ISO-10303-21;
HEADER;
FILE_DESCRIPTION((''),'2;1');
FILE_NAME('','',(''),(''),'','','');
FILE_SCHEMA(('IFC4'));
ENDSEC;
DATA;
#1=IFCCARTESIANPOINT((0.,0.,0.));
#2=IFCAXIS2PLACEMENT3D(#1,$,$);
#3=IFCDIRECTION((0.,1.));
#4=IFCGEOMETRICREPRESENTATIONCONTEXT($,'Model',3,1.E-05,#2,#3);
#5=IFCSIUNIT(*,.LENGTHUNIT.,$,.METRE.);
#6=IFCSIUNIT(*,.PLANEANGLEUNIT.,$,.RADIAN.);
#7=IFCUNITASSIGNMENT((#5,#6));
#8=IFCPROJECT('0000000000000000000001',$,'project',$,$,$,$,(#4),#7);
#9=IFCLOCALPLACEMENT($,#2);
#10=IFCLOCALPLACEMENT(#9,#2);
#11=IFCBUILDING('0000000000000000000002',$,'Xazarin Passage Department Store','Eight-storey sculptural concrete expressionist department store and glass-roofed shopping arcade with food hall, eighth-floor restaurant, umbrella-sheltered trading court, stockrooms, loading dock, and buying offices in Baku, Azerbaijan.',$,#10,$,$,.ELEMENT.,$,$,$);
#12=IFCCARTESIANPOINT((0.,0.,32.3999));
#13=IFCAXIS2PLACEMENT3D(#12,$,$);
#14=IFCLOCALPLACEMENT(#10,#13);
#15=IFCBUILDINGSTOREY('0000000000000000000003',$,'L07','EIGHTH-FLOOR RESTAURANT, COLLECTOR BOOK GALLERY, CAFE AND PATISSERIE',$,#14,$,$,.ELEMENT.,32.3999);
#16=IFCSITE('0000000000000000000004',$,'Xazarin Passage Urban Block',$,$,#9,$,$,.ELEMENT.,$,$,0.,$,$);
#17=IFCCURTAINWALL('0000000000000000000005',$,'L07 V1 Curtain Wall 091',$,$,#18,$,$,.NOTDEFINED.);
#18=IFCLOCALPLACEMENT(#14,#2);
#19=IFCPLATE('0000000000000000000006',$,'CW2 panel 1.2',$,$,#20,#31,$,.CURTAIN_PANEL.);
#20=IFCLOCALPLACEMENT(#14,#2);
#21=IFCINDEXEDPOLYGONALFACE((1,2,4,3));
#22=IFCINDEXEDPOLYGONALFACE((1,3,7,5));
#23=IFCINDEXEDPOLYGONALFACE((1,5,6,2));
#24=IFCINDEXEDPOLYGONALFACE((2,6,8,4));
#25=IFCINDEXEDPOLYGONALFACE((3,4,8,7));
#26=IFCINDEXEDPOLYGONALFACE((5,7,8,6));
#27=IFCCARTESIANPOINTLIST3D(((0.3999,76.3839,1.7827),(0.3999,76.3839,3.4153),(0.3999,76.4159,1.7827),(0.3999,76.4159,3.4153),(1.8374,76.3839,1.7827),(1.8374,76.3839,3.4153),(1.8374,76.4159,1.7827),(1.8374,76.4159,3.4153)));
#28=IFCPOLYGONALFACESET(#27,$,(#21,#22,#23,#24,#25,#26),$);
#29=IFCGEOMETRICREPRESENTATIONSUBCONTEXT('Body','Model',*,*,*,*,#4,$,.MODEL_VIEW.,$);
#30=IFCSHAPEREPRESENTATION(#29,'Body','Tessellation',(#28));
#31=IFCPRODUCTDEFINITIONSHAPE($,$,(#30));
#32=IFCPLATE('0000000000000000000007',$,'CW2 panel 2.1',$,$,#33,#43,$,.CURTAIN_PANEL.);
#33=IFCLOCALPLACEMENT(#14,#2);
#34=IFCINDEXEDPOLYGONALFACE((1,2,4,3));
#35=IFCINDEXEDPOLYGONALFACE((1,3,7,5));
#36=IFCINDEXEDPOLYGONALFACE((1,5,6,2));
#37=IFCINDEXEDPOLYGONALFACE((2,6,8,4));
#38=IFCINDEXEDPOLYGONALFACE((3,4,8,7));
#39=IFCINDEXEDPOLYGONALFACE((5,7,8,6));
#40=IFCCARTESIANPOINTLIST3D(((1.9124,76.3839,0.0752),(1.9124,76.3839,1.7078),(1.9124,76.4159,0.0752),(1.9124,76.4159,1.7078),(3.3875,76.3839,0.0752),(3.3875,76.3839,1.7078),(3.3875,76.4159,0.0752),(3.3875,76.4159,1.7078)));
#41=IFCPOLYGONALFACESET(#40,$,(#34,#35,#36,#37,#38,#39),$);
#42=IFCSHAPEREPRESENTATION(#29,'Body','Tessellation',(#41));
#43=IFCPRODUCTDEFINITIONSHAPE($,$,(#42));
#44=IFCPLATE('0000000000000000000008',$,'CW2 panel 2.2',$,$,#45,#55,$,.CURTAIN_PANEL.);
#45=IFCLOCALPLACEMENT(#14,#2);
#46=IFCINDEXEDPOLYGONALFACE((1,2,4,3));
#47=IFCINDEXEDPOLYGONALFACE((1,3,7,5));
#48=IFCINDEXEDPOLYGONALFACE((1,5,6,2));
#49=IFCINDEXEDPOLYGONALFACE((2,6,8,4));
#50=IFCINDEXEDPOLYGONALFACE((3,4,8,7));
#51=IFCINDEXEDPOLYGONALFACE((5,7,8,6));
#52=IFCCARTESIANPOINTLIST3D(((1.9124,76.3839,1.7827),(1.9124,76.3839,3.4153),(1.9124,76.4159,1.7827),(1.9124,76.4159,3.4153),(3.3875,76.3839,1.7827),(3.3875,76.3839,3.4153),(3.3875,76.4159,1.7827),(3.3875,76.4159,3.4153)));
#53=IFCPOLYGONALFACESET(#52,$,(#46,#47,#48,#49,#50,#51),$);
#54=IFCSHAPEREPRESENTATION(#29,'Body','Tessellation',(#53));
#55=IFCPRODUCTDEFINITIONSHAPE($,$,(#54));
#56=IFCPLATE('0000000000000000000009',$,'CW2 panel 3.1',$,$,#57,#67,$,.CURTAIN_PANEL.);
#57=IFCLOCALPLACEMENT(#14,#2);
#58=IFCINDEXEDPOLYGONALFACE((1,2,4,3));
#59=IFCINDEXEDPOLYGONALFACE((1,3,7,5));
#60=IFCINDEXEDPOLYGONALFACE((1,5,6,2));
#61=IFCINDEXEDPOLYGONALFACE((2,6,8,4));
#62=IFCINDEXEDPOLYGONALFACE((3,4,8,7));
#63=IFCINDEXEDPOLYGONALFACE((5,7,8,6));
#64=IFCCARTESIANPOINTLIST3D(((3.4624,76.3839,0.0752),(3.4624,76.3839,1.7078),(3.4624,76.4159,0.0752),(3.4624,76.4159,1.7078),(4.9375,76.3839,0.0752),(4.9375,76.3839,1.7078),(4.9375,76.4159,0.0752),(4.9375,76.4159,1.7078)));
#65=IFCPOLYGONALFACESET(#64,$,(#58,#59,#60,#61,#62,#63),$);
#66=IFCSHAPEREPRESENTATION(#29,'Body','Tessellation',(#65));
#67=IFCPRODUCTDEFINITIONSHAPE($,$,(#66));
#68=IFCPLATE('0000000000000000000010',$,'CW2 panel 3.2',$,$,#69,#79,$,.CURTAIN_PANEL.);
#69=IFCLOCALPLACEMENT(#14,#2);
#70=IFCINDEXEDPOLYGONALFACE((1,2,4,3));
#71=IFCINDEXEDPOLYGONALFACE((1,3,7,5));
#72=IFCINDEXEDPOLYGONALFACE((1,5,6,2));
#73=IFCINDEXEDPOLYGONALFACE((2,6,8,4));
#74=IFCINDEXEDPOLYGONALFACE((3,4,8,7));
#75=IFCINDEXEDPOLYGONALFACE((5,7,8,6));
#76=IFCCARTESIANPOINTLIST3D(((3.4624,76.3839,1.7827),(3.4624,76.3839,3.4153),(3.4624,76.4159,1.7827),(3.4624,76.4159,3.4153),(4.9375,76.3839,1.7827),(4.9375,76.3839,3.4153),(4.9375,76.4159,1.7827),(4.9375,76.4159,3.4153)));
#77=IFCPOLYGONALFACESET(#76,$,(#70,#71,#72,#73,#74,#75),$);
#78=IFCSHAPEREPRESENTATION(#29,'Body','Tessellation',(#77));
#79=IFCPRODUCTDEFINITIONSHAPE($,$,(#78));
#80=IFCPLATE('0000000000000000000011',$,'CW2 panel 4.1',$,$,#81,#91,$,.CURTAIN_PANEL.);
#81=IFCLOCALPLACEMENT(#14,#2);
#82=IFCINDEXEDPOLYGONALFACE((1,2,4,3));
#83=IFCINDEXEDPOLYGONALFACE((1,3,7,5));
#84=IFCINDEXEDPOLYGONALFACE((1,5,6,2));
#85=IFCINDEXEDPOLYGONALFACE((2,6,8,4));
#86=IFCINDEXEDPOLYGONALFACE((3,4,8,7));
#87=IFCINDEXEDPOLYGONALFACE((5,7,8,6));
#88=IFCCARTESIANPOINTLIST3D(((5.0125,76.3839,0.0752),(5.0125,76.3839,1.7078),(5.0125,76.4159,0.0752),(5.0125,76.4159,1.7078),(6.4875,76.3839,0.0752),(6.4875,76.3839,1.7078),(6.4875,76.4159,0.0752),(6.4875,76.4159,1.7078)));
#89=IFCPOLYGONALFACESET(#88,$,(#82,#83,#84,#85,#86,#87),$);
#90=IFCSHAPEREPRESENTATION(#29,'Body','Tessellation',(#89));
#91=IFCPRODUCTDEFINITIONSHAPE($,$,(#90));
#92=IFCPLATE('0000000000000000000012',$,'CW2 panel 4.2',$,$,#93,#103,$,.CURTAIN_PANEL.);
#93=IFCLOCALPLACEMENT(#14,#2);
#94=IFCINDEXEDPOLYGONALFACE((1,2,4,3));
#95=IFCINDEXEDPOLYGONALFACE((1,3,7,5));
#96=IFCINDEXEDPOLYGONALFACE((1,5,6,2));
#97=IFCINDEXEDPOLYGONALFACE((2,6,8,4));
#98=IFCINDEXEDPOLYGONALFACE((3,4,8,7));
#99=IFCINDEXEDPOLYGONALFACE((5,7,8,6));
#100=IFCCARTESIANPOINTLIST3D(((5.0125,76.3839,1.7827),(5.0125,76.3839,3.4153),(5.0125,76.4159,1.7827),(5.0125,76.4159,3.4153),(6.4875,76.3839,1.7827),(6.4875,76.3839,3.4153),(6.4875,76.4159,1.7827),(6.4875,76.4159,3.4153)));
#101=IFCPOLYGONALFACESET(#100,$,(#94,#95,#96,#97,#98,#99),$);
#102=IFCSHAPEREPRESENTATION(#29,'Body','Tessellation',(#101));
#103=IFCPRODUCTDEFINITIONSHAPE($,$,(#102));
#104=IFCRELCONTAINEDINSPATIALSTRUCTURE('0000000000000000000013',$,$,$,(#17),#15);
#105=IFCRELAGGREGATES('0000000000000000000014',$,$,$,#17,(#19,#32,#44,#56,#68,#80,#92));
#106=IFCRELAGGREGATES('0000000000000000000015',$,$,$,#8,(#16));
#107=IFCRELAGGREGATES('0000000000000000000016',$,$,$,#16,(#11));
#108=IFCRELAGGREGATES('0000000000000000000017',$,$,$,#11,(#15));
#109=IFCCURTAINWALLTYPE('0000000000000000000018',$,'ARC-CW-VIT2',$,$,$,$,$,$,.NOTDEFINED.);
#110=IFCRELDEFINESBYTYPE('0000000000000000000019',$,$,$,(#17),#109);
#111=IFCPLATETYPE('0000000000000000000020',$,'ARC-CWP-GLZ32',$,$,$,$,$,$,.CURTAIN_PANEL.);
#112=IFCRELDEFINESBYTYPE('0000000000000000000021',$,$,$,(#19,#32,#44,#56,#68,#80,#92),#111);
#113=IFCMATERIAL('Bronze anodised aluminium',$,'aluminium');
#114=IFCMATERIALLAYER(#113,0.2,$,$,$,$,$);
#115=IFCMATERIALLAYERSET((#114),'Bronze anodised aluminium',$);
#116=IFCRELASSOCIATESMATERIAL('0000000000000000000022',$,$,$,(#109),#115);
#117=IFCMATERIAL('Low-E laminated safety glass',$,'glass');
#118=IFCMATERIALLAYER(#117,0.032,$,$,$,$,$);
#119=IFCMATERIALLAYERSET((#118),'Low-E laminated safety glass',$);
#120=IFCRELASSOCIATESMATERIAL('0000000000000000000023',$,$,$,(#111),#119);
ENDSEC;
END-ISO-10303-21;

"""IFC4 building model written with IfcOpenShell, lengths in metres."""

from ifc_helpers import new_model, si_unit, direction, frame, origin, origin_2d, place, context, subcontext, project, spatial, rectangle, extrude, material, layer, layer_set, type_object, element, aggregate, save


model = new_model("IFC4")

# Units and contexts
model_context = context("Model", 3, precision=1e-05, world=origin(), true_north=direction((0.0, 1.0)))
body_context = subcontext(model_context, "Body", "Model", "MODEL_VIEW")
ifc_project = project(units=[si_unit("LENGTHUNIT", "METRE"), si_unit("PLANEANGLEUNIT", "RADIAN")], contexts=[model_context])

# Site, building, storey
site_placement = place(None, origin())
site = spatial("IfcSite", under=ifc_project, at=site_placement, Name="Xazarin Passage Urban Block", CompositionType="ELEMENT", RefElevation=0.0)
building_placement = place(site_placement, origin())
building = spatial("IfcBuilding", under=site, at=building_placement, Name="Xazarin Passage Department Store", Description="Eight-storey sculptural concrete expressionist department store and glass-roofed shopping arcade with food hall, eighth-floor restaurant, umbrella-sheltered trading court, stockrooms, loading dock, and buying offices in Baku, Azerbaijan.", CompositionType="ELEMENT")
storey_placement = place(building_placement, frame((0.0, 0.0, 32.3999)))
storey = spatial("IfcBuildingStorey", under=building, at=storey_placement, Name="L07", Description="EIGHTH-FLOOR RESTAURANT, COLLECTOR BOOK GALLERY, CAFE AND PATISSERIE", CompositionType="ELEMENT", Elevation=32.3999)

# Curtain wall
ifc_material_1 = material(Name="Bronze anodised aluminium", Category="aluminium")
ifc_layer_1 = layer(ifc_material_1, 0.2)
ifc_layer_set_1 = layer_set([ifc_layer_1], Name="Bronze anodised aluminium")
curtain_wall_type = type_object("IfcCurtainWallType", Name="ARC-CW-VIT2", PredefinedType="NOTDEFINED", material=ifc_layer_set_1)
curtain_wall_placement = place(storey_placement, origin())
curtain_wall = element("IfcCurtainWall", 1, at=curtain_wall_placement, inside=storey, type_object=curtain_wall_type, Name="L07 V1 Curtain Wall 091", PredefinedType="NOTDEFINED")

# Plates
ifc_material_2 = material(Name="Low-E laminated safety glass", Category="glass")
ifc_layer_2 = layer(ifc_material_2, 0.032)
ifc_layer_set_2 = layer_set([ifc_layer_2], Name="Low-E laminated safety glass")
plate_type = type_object("IfcPlateType", Name="ARC-CWP-GLZ32", PredefinedType="CURTAIN_PANEL", material=ifc_layer_set_2)
plate_1_placement = place(storey_placement, frame((1.1187, 76.3999, 1.7827), z_axis=(0.0, 0.0, 1.0), x_axis=(1.0, 0.0, 0.0)))
plate_1 = element("IfcPlate", 2, at=plate_1_placement, type_object=plate_type, Name="CW2 panel 1.2", PredefinedType="CURTAIN_PANEL", context=body_context, shape_type="SweptSolid", body=[
    extrude(rectangle(XDim=1.4375, YDim=0.032, at=origin_2d()), origin(), (0.0, 0.0, 1.0), 1.6326),
])
plate_2_placement = place(storey_placement, frame((2.6499, 76.3999, 0.0752), z_axis=(0.0, 0.0, 1.0), x_axis=(1.0, 0.0, 0.0)))
plate_2 = element("IfcPlate", 3, at=plate_2_placement, type_object=plate_type, Name="CW2 panel 2.1", PredefinedType="CURTAIN_PANEL", context=body_context, shape_type="SweptSolid", body=[
    extrude(rectangle(XDim=1.4751, YDim=0.032, at=origin_2d()), origin(), (0.0, 0.0, 1.0), 1.6326),
])
plate_3_placement = place(storey_placement, frame((2.6499, 76.3999, 1.7827), z_axis=(0.0, 0.0, 1.0), x_axis=(1.0, 0.0, 0.0)))
plate_3 = element("IfcPlate", 4, at=plate_3_placement, type_object=plate_type, Name="CW2 panel 2.2", PredefinedType="CURTAIN_PANEL", context=body_context, shape_type="SweptSolid", body=[
    extrude(rectangle(XDim=1.4751, YDim=0.032, at=origin_2d()), origin(), (0.0, 0.0, 1.0), 1.6326),
])
plate_4_placement = place(storey_placement, frame((4.2, 76.3999, 0.0752), z_axis=(0.0, 0.0, 1.0), x_axis=(1.0, 0.0, 0.0)))
plate_4 = element("IfcPlate", 5, at=plate_4_placement, type_object=plate_type, Name="CW2 panel 3.1", PredefinedType="CURTAIN_PANEL", context=body_context, shape_type="SweptSolid", body=[
    extrude(rectangle(XDim=1.4751, YDim=0.032, at=origin_2d()), origin(), (0.0, 0.0, 1.0), 1.6326),
])
plate_5_placement = place(storey_placement, frame((4.2, 76.3999, 1.7827), z_axis=(0.0, 0.0, 1.0), x_axis=(1.0, 0.0, 0.0)))
plate_5 = element("IfcPlate", 6, at=plate_5_placement, type_object=plate_type, Name="CW2 panel 3.2", PredefinedType="CURTAIN_PANEL", context=body_context, shape_type="SweptSolid", body=[
    extrude(rectangle(XDim=1.4751, YDim=0.032, at=origin_2d()), origin(), (0.0, 0.0, 1.0), 1.6326),
])
plate_6_placement = place(storey_placement, frame((5.75, 76.3999, 0.0752), z_axis=(0.0, 0.0, 1.0), x_axis=(1.0, 0.0, 0.0)))
plate_6 = element("IfcPlate", 7, at=plate_6_placement, type_object=plate_type, Name="CW2 panel 4.1", PredefinedType="CURTAIN_PANEL", context=body_context, shape_type="SweptSolid", body=[
    extrude(rectangle(XDim=1.4751, YDim=0.032, at=origin_2d()), origin(), (0.0, 0.0, 1.0), 1.6326),
])
plate_7_placement = place(storey_placement, frame((5.75, 76.3999, 1.7827), z_axis=(0.0, 0.0, 1.0), x_axis=(1.0, 0.0, 0.0)))
plate_7 = element("IfcPlate", 8, at=plate_7_placement, type_object=plate_type, Name="CW2 panel 4.2", PredefinedType="CURTAIN_PANEL", context=body_context, shape_type="SweptSolid", body=[
    extrude(rectangle(XDim=1.4751, YDim=0.032, at=origin_2d()), origin(), (0.0, 0.0, 1.0), 1.6326),
])
aggregate(curtain_wall, [plate_1, plate_2, plate_3, plate_4, plate_5, plate_6, plate_7])

save(model, "model.ifc")
